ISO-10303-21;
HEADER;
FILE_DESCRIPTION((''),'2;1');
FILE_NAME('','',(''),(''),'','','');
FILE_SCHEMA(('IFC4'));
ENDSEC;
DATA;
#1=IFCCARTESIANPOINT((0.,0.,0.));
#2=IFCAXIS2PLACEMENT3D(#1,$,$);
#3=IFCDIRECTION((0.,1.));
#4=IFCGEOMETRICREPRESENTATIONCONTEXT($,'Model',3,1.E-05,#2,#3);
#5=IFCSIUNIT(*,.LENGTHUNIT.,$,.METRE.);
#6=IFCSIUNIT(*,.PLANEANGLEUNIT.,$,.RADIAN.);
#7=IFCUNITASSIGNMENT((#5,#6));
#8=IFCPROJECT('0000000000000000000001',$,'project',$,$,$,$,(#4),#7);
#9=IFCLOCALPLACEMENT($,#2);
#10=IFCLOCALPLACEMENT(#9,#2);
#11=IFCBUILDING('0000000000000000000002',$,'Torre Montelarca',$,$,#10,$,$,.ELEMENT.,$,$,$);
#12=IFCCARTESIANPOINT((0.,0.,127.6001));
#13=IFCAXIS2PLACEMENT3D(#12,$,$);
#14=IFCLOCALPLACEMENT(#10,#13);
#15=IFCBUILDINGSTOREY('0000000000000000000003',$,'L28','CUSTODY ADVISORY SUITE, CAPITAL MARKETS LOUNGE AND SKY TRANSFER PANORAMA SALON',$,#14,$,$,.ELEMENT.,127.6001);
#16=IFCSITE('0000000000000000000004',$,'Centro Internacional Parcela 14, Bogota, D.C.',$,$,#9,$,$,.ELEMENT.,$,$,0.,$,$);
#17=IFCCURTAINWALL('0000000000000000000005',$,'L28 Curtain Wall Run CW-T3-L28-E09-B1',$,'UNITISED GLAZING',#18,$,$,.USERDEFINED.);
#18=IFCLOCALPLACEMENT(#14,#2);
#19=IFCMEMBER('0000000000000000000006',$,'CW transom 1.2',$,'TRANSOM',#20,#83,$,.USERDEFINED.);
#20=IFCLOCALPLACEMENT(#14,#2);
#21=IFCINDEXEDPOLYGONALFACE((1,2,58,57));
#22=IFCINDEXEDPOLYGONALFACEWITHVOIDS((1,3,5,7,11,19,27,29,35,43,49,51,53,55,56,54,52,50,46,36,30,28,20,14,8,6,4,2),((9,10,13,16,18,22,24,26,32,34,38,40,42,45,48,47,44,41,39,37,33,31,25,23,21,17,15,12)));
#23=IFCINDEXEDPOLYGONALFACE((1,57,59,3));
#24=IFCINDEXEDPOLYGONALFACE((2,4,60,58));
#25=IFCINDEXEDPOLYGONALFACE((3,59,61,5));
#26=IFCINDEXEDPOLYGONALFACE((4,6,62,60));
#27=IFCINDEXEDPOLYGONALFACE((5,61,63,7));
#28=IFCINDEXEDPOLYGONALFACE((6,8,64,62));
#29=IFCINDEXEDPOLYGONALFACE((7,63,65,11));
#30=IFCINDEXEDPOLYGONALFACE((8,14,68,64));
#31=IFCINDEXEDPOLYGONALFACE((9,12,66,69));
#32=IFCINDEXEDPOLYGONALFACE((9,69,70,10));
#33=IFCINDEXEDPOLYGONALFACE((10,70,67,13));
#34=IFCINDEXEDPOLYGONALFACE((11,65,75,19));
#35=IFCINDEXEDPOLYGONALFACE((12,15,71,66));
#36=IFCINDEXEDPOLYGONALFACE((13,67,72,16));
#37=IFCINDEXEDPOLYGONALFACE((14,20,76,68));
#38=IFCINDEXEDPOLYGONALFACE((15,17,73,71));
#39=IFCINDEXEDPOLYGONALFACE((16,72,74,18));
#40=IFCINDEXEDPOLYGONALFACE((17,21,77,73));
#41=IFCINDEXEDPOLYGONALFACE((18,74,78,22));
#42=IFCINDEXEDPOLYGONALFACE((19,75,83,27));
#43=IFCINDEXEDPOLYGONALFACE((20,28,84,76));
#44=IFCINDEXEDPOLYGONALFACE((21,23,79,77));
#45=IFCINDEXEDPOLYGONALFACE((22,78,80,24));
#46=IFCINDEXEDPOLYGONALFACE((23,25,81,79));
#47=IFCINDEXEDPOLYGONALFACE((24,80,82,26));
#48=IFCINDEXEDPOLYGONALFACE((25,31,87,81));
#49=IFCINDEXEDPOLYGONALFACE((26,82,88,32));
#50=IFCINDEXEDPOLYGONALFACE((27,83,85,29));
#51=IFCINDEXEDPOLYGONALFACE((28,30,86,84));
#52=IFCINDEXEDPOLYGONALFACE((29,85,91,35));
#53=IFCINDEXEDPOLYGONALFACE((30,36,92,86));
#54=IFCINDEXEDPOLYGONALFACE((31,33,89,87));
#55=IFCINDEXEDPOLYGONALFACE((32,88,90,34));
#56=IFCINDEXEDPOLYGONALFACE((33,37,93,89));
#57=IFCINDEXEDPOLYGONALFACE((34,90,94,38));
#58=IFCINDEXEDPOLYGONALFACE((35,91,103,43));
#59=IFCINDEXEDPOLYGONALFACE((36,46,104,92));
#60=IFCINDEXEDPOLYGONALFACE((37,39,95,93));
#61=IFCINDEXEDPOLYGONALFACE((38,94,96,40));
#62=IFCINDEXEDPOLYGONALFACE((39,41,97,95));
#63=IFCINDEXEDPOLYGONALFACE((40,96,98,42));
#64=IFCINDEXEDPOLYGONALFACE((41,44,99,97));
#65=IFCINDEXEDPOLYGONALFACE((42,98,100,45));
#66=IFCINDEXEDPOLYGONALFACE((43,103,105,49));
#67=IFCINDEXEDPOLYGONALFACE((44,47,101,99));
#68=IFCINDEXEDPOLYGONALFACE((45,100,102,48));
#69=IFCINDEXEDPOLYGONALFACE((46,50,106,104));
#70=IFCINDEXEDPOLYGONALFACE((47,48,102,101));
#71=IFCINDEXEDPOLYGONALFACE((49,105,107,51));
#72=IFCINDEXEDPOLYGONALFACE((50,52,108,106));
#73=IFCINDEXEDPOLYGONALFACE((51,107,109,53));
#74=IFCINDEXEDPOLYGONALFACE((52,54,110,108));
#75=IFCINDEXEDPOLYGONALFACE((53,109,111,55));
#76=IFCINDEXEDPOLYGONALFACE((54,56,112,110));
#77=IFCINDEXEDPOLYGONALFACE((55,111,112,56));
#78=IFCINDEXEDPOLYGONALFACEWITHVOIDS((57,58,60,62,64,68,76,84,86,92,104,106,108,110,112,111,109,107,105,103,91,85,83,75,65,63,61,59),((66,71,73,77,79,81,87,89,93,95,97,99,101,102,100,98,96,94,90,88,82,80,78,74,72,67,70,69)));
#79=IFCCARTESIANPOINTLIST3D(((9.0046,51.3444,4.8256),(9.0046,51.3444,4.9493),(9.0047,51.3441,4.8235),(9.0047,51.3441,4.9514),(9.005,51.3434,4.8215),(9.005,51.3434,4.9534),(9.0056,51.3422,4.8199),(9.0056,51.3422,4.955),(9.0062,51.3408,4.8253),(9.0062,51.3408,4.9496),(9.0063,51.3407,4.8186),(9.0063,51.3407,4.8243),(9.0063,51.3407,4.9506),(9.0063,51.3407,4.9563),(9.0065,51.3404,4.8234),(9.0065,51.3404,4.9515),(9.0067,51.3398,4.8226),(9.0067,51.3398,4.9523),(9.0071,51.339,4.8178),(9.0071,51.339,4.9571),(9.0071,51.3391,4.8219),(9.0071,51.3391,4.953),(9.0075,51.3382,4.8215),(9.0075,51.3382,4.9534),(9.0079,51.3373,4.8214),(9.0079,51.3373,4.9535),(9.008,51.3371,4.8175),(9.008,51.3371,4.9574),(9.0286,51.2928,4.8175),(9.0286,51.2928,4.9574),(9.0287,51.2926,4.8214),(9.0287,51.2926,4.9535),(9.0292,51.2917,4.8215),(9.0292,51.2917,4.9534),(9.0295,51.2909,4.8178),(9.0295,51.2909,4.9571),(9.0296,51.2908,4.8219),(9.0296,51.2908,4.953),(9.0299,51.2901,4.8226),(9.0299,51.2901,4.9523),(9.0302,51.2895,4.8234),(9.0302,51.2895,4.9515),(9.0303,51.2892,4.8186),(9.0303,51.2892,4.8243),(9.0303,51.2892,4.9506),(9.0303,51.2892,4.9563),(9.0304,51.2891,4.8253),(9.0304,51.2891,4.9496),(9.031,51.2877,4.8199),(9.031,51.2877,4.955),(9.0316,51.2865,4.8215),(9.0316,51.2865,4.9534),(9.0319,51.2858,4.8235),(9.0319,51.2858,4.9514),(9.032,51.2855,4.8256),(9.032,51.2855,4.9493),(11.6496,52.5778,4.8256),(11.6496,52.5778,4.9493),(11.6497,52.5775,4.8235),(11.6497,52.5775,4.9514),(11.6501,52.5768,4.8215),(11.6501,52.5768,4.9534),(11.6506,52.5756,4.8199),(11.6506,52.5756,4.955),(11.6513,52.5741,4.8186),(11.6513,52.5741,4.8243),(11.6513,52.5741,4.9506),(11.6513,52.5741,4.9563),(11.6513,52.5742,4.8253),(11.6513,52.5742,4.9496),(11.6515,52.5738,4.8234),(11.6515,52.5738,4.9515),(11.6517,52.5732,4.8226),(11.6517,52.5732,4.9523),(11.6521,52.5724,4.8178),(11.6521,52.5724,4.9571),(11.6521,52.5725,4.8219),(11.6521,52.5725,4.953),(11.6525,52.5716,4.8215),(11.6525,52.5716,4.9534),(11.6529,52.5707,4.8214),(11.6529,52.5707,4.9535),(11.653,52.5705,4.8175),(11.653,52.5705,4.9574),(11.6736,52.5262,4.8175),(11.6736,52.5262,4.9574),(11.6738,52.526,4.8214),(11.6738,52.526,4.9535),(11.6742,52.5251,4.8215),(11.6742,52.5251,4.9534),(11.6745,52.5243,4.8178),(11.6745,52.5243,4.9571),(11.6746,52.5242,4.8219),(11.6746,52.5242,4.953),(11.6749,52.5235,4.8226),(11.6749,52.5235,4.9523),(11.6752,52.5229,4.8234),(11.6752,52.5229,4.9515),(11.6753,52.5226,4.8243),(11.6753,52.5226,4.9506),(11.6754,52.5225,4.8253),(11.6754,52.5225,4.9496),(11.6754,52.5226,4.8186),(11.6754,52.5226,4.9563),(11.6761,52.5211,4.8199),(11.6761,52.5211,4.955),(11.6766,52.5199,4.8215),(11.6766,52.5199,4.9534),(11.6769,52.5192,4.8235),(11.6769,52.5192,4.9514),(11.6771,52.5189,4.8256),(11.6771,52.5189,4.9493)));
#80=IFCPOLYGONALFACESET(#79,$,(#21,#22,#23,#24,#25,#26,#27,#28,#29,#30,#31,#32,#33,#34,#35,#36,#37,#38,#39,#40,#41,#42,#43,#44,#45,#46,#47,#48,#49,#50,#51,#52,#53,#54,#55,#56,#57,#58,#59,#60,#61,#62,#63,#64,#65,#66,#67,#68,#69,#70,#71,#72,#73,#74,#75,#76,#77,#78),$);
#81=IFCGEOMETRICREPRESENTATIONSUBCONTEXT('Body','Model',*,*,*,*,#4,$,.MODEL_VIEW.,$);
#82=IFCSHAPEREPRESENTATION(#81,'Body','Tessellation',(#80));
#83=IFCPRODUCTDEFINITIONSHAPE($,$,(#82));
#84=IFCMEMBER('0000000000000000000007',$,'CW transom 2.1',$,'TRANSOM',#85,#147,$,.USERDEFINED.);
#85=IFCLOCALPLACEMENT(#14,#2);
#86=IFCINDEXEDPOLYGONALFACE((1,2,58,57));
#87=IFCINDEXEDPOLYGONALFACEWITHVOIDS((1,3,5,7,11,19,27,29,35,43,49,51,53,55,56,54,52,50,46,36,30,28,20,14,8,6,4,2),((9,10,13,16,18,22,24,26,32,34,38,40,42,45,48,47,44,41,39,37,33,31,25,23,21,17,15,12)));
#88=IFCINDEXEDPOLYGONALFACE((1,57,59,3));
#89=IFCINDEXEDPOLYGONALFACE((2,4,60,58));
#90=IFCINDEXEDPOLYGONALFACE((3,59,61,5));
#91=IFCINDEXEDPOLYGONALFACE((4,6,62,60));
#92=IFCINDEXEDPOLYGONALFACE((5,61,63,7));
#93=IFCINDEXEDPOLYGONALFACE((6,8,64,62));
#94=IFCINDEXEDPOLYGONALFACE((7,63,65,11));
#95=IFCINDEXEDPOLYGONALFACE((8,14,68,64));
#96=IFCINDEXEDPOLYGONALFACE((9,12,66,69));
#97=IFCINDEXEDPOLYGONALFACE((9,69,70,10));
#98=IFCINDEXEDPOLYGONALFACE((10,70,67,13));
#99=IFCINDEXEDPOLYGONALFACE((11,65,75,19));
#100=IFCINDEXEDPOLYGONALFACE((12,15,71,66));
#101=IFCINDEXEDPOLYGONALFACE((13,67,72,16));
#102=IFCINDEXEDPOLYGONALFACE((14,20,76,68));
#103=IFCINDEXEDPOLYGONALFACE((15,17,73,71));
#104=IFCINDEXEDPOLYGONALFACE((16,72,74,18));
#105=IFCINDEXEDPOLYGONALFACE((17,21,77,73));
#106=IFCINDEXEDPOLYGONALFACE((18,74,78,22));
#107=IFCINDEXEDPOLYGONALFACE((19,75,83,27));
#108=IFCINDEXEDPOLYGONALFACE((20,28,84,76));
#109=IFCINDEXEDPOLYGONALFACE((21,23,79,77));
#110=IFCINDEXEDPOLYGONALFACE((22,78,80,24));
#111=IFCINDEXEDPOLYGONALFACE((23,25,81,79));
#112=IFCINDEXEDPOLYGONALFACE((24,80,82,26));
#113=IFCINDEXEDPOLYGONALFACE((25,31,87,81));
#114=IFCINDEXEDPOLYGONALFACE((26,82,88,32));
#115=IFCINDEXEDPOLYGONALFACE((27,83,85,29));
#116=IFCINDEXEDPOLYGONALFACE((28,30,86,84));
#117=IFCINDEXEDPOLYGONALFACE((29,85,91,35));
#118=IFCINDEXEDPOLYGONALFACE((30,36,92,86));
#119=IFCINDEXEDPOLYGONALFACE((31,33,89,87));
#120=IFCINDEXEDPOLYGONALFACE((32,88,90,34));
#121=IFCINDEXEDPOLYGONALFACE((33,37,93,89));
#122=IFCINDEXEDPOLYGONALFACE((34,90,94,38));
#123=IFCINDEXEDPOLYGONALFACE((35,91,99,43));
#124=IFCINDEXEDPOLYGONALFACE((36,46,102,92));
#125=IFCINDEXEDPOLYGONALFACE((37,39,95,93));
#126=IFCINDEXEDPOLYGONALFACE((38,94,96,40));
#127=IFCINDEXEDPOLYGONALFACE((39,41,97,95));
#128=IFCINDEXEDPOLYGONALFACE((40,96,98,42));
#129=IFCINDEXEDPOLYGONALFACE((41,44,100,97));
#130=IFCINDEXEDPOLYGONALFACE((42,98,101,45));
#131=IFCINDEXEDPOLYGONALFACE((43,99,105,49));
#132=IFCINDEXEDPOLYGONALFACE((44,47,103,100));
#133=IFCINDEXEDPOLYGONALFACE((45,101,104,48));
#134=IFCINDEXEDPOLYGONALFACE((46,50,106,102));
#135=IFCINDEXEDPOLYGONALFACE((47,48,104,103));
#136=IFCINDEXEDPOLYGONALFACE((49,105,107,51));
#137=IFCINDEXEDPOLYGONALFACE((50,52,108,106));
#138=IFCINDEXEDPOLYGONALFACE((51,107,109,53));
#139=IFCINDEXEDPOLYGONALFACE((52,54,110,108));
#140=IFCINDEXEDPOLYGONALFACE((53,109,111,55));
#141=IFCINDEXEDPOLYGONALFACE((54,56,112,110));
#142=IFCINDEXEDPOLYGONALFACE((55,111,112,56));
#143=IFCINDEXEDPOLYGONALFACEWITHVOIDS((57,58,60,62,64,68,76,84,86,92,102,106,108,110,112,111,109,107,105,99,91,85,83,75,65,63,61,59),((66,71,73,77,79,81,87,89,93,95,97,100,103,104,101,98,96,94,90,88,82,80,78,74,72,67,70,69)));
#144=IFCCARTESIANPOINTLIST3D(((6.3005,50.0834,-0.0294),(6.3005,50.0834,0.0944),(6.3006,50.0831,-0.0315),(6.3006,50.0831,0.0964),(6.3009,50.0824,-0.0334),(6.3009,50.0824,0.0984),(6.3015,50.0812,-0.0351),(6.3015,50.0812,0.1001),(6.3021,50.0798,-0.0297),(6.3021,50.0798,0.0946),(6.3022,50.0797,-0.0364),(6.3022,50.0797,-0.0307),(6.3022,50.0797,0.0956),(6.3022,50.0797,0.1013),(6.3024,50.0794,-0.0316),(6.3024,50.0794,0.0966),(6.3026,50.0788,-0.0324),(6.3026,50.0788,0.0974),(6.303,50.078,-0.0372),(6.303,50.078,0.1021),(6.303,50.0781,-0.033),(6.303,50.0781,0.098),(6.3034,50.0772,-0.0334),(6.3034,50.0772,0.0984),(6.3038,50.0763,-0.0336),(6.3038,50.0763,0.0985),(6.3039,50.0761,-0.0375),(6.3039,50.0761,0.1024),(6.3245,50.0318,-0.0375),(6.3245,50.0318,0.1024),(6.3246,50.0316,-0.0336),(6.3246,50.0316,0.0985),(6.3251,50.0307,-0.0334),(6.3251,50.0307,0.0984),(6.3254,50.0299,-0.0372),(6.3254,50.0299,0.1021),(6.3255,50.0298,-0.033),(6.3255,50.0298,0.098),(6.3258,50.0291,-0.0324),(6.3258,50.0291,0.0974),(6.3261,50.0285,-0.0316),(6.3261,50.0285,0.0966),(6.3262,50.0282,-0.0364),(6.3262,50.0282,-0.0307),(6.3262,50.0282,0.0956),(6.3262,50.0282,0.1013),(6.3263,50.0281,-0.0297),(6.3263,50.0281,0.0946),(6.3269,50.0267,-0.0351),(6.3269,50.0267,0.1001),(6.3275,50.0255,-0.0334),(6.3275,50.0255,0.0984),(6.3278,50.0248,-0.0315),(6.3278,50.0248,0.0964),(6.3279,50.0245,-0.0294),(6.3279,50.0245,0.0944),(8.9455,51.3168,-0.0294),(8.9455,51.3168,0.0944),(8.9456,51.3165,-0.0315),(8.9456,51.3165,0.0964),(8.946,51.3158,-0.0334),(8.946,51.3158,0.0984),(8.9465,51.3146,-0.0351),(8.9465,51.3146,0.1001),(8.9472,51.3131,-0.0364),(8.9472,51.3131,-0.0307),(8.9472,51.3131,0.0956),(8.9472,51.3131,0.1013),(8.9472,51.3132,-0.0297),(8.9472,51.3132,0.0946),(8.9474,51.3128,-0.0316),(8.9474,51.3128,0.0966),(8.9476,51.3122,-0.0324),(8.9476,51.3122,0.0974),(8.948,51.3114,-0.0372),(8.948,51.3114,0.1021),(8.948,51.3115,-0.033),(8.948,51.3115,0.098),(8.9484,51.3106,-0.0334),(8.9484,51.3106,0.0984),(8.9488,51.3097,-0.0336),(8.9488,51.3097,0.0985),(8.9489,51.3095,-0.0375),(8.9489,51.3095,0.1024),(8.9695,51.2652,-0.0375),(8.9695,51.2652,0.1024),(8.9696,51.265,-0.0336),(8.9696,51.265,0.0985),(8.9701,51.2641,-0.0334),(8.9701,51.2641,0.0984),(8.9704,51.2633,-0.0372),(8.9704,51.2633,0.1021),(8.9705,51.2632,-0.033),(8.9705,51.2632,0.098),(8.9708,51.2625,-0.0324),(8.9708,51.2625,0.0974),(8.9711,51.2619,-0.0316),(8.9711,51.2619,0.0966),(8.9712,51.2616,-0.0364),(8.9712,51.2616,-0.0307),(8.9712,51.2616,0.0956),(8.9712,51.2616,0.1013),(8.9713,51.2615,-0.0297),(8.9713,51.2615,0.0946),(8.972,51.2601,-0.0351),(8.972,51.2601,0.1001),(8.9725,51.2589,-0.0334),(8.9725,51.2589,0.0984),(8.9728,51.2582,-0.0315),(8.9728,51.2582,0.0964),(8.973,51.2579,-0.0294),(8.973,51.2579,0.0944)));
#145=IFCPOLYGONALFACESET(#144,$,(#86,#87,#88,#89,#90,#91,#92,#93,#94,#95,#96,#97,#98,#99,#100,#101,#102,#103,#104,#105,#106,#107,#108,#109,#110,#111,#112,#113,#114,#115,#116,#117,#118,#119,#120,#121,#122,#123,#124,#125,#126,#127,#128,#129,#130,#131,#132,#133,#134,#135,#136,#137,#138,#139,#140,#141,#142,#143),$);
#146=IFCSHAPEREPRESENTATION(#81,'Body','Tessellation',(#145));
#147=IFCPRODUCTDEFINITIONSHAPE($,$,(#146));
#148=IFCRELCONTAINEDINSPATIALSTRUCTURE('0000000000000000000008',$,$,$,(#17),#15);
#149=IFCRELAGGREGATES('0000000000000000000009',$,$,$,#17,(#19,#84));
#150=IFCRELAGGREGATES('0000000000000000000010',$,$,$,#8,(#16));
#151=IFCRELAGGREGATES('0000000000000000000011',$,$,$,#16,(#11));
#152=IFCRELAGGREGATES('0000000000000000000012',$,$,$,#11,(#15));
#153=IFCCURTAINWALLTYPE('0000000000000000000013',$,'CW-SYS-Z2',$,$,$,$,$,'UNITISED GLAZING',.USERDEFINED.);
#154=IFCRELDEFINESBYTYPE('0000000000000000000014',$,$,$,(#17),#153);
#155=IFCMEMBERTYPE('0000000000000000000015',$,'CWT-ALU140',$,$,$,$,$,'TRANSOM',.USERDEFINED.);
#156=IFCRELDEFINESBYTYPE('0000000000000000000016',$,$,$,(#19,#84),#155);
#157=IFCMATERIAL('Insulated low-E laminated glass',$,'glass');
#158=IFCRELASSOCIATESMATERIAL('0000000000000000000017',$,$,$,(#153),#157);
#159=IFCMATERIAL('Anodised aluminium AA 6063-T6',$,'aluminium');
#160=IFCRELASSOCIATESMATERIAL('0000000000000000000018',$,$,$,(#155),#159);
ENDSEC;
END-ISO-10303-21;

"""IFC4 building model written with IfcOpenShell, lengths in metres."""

from ifc_helpers import new_model, si_unit, direction, frame, origin, origin_2d, place, context, subcontext, project, spatial, hollow_rectangle, extrude, source, transform, mapped, material, material_profile, profile_set, type_object, element, aggregate, save


model = new_model("IFC4")

# Units and contexts
model_context = context("Model", 3, precision=1e-05, world=origin(), true_north=direction((0.0, 1.0)))
body_context = subcontext(model_context, "Body", "Model", "MODEL_VIEW")
ifc_project = project(units=[si_unit("LENGTHUNIT", "METRE"), si_unit("PLANEANGLEUNIT", "RADIAN")], contexts=[model_context])

# Site, building, storey
site_placement = place(None, origin())
site = spatial("IfcSite", under=ifc_project, at=site_placement, Name="Centro Internacional Parcela 14, Bogota, D.C.", CompositionType="ELEMENT", RefElevation=0.0)
building_placement = place(site_placement, origin())
building = spatial("IfcBuilding", under=site, at=building_placement, Name="Torre Montelarca", CompositionType="ELEMENT")
storey_placement = place(building_placement, frame((0.0, 0.0, 127.6001)))
storey = spatial("IfcBuildingStorey", under=building, at=storey_placement, Name="L28", Description="CUSTODY ADVISORY SUITE, CAPITAL MARKETS LOUNGE AND SKY TRANSFER PANORAMA SALON", CompositionType="ELEMENT", Elevation=127.6001)

# Curtain wall, members
ifc_material_1 = material(Name="Insulated low-E laminated glass", Category="glass")
curtain_wall_type = type_object("IfcCurtainWallType", Name="CW-SYS-Z2", ElementType="UNITISED GLAZING", PredefinedType="USERDEFINED", material=ifc_material_1)
curtain_wall_1_placement = place(storey_placement, origin())
curtain_wall_1 = element("IfcCurtainWall", 1, at=curtain_wall_1_placement, inside=storey, type_object=curtain_wall_type, Name="L28 Curtain Wall Run CW-T3-L28-E09-B1", ObjectType="UNITISED GLAZING", PredefinedType="USERDEFINED")
ifc_material_2 = material(Name="Anodised aluminium AA 6063-T6", Category="aluminium")
ifc_material_profile_1 = material_profile(ifc_material_2, hollow_rectangle(XDim=0.0649, YDim=0.1399, WallThickness=0.0039, InnerFilletRadius=0.0039, OuterFilletRadius=0.0081, at=origin_2d()), Name="ALU65X140X4", Category="aluminium")
ifc_profile_set_1 = profile_set([ifc_material_profile_1], Name="Anodised aluminium AA 6063-T6")
member_type_1 = type_object("IfcMemberType", Name="CWT-ALU140", ElementType="TRANSOM", PredefinedType="USERDEFINED", material=ifc_profile_set_1)
shared_shape_1 = source(origin(), body_context, "Body", "SweptSolid", [
    extrude(hollow_rectangle(XDim=0.0649, YDim=0.1399, WallThickness=0.0039, InnerFilletRadius=0.0039, OuterFilletRadius=0.0081, at=origin_2d()), origin(), (0.0, 0.0, 1.0), 2.9185),
])
member_1_placement = place(storey_placement, frame((11.6633, 52.5483, 4.8875), z_axis=(-0.906307, -0.42262, 0.0), x_axis=(0.42262, -0.906307, 0.0)))
member_1 = element("IfcMember", 2, at=member_1_placement, type_object=member_type_1, Name="CW transom 1.2", ObjectType="TRANSOM", PredefinedType="USERDEFINED", context=body_context, shape_type="MappedRepresentation", body=[
    mapped(shared_shape_1, transform((0.0, 0.0, 0.0), scale=1.0)),
])
member_2_placement = place(storey_placement, frame((8.9592, 51.2874, 0.0325), z_axis=(-0.906307, -0.42262, 0.0), x_axis=(0.42262, -0.906307, 0.0)))
member_2 = element("IfcMember", 3, at=member_2_placement, type_object=member_type_1, Name="CW transom 2.1", ObjectType="TRANSOM", PredefinedType="USERDEFINED", context=body_context, shape_type="MappedRepresentation", body=[
    mapped(shared_shape_1, transform((0.0, 0.0, 0.0), scale=1.0)),
])

aggregate(curtain_wall_1, [member_1, member_2])

save(model, "model.ifc")
